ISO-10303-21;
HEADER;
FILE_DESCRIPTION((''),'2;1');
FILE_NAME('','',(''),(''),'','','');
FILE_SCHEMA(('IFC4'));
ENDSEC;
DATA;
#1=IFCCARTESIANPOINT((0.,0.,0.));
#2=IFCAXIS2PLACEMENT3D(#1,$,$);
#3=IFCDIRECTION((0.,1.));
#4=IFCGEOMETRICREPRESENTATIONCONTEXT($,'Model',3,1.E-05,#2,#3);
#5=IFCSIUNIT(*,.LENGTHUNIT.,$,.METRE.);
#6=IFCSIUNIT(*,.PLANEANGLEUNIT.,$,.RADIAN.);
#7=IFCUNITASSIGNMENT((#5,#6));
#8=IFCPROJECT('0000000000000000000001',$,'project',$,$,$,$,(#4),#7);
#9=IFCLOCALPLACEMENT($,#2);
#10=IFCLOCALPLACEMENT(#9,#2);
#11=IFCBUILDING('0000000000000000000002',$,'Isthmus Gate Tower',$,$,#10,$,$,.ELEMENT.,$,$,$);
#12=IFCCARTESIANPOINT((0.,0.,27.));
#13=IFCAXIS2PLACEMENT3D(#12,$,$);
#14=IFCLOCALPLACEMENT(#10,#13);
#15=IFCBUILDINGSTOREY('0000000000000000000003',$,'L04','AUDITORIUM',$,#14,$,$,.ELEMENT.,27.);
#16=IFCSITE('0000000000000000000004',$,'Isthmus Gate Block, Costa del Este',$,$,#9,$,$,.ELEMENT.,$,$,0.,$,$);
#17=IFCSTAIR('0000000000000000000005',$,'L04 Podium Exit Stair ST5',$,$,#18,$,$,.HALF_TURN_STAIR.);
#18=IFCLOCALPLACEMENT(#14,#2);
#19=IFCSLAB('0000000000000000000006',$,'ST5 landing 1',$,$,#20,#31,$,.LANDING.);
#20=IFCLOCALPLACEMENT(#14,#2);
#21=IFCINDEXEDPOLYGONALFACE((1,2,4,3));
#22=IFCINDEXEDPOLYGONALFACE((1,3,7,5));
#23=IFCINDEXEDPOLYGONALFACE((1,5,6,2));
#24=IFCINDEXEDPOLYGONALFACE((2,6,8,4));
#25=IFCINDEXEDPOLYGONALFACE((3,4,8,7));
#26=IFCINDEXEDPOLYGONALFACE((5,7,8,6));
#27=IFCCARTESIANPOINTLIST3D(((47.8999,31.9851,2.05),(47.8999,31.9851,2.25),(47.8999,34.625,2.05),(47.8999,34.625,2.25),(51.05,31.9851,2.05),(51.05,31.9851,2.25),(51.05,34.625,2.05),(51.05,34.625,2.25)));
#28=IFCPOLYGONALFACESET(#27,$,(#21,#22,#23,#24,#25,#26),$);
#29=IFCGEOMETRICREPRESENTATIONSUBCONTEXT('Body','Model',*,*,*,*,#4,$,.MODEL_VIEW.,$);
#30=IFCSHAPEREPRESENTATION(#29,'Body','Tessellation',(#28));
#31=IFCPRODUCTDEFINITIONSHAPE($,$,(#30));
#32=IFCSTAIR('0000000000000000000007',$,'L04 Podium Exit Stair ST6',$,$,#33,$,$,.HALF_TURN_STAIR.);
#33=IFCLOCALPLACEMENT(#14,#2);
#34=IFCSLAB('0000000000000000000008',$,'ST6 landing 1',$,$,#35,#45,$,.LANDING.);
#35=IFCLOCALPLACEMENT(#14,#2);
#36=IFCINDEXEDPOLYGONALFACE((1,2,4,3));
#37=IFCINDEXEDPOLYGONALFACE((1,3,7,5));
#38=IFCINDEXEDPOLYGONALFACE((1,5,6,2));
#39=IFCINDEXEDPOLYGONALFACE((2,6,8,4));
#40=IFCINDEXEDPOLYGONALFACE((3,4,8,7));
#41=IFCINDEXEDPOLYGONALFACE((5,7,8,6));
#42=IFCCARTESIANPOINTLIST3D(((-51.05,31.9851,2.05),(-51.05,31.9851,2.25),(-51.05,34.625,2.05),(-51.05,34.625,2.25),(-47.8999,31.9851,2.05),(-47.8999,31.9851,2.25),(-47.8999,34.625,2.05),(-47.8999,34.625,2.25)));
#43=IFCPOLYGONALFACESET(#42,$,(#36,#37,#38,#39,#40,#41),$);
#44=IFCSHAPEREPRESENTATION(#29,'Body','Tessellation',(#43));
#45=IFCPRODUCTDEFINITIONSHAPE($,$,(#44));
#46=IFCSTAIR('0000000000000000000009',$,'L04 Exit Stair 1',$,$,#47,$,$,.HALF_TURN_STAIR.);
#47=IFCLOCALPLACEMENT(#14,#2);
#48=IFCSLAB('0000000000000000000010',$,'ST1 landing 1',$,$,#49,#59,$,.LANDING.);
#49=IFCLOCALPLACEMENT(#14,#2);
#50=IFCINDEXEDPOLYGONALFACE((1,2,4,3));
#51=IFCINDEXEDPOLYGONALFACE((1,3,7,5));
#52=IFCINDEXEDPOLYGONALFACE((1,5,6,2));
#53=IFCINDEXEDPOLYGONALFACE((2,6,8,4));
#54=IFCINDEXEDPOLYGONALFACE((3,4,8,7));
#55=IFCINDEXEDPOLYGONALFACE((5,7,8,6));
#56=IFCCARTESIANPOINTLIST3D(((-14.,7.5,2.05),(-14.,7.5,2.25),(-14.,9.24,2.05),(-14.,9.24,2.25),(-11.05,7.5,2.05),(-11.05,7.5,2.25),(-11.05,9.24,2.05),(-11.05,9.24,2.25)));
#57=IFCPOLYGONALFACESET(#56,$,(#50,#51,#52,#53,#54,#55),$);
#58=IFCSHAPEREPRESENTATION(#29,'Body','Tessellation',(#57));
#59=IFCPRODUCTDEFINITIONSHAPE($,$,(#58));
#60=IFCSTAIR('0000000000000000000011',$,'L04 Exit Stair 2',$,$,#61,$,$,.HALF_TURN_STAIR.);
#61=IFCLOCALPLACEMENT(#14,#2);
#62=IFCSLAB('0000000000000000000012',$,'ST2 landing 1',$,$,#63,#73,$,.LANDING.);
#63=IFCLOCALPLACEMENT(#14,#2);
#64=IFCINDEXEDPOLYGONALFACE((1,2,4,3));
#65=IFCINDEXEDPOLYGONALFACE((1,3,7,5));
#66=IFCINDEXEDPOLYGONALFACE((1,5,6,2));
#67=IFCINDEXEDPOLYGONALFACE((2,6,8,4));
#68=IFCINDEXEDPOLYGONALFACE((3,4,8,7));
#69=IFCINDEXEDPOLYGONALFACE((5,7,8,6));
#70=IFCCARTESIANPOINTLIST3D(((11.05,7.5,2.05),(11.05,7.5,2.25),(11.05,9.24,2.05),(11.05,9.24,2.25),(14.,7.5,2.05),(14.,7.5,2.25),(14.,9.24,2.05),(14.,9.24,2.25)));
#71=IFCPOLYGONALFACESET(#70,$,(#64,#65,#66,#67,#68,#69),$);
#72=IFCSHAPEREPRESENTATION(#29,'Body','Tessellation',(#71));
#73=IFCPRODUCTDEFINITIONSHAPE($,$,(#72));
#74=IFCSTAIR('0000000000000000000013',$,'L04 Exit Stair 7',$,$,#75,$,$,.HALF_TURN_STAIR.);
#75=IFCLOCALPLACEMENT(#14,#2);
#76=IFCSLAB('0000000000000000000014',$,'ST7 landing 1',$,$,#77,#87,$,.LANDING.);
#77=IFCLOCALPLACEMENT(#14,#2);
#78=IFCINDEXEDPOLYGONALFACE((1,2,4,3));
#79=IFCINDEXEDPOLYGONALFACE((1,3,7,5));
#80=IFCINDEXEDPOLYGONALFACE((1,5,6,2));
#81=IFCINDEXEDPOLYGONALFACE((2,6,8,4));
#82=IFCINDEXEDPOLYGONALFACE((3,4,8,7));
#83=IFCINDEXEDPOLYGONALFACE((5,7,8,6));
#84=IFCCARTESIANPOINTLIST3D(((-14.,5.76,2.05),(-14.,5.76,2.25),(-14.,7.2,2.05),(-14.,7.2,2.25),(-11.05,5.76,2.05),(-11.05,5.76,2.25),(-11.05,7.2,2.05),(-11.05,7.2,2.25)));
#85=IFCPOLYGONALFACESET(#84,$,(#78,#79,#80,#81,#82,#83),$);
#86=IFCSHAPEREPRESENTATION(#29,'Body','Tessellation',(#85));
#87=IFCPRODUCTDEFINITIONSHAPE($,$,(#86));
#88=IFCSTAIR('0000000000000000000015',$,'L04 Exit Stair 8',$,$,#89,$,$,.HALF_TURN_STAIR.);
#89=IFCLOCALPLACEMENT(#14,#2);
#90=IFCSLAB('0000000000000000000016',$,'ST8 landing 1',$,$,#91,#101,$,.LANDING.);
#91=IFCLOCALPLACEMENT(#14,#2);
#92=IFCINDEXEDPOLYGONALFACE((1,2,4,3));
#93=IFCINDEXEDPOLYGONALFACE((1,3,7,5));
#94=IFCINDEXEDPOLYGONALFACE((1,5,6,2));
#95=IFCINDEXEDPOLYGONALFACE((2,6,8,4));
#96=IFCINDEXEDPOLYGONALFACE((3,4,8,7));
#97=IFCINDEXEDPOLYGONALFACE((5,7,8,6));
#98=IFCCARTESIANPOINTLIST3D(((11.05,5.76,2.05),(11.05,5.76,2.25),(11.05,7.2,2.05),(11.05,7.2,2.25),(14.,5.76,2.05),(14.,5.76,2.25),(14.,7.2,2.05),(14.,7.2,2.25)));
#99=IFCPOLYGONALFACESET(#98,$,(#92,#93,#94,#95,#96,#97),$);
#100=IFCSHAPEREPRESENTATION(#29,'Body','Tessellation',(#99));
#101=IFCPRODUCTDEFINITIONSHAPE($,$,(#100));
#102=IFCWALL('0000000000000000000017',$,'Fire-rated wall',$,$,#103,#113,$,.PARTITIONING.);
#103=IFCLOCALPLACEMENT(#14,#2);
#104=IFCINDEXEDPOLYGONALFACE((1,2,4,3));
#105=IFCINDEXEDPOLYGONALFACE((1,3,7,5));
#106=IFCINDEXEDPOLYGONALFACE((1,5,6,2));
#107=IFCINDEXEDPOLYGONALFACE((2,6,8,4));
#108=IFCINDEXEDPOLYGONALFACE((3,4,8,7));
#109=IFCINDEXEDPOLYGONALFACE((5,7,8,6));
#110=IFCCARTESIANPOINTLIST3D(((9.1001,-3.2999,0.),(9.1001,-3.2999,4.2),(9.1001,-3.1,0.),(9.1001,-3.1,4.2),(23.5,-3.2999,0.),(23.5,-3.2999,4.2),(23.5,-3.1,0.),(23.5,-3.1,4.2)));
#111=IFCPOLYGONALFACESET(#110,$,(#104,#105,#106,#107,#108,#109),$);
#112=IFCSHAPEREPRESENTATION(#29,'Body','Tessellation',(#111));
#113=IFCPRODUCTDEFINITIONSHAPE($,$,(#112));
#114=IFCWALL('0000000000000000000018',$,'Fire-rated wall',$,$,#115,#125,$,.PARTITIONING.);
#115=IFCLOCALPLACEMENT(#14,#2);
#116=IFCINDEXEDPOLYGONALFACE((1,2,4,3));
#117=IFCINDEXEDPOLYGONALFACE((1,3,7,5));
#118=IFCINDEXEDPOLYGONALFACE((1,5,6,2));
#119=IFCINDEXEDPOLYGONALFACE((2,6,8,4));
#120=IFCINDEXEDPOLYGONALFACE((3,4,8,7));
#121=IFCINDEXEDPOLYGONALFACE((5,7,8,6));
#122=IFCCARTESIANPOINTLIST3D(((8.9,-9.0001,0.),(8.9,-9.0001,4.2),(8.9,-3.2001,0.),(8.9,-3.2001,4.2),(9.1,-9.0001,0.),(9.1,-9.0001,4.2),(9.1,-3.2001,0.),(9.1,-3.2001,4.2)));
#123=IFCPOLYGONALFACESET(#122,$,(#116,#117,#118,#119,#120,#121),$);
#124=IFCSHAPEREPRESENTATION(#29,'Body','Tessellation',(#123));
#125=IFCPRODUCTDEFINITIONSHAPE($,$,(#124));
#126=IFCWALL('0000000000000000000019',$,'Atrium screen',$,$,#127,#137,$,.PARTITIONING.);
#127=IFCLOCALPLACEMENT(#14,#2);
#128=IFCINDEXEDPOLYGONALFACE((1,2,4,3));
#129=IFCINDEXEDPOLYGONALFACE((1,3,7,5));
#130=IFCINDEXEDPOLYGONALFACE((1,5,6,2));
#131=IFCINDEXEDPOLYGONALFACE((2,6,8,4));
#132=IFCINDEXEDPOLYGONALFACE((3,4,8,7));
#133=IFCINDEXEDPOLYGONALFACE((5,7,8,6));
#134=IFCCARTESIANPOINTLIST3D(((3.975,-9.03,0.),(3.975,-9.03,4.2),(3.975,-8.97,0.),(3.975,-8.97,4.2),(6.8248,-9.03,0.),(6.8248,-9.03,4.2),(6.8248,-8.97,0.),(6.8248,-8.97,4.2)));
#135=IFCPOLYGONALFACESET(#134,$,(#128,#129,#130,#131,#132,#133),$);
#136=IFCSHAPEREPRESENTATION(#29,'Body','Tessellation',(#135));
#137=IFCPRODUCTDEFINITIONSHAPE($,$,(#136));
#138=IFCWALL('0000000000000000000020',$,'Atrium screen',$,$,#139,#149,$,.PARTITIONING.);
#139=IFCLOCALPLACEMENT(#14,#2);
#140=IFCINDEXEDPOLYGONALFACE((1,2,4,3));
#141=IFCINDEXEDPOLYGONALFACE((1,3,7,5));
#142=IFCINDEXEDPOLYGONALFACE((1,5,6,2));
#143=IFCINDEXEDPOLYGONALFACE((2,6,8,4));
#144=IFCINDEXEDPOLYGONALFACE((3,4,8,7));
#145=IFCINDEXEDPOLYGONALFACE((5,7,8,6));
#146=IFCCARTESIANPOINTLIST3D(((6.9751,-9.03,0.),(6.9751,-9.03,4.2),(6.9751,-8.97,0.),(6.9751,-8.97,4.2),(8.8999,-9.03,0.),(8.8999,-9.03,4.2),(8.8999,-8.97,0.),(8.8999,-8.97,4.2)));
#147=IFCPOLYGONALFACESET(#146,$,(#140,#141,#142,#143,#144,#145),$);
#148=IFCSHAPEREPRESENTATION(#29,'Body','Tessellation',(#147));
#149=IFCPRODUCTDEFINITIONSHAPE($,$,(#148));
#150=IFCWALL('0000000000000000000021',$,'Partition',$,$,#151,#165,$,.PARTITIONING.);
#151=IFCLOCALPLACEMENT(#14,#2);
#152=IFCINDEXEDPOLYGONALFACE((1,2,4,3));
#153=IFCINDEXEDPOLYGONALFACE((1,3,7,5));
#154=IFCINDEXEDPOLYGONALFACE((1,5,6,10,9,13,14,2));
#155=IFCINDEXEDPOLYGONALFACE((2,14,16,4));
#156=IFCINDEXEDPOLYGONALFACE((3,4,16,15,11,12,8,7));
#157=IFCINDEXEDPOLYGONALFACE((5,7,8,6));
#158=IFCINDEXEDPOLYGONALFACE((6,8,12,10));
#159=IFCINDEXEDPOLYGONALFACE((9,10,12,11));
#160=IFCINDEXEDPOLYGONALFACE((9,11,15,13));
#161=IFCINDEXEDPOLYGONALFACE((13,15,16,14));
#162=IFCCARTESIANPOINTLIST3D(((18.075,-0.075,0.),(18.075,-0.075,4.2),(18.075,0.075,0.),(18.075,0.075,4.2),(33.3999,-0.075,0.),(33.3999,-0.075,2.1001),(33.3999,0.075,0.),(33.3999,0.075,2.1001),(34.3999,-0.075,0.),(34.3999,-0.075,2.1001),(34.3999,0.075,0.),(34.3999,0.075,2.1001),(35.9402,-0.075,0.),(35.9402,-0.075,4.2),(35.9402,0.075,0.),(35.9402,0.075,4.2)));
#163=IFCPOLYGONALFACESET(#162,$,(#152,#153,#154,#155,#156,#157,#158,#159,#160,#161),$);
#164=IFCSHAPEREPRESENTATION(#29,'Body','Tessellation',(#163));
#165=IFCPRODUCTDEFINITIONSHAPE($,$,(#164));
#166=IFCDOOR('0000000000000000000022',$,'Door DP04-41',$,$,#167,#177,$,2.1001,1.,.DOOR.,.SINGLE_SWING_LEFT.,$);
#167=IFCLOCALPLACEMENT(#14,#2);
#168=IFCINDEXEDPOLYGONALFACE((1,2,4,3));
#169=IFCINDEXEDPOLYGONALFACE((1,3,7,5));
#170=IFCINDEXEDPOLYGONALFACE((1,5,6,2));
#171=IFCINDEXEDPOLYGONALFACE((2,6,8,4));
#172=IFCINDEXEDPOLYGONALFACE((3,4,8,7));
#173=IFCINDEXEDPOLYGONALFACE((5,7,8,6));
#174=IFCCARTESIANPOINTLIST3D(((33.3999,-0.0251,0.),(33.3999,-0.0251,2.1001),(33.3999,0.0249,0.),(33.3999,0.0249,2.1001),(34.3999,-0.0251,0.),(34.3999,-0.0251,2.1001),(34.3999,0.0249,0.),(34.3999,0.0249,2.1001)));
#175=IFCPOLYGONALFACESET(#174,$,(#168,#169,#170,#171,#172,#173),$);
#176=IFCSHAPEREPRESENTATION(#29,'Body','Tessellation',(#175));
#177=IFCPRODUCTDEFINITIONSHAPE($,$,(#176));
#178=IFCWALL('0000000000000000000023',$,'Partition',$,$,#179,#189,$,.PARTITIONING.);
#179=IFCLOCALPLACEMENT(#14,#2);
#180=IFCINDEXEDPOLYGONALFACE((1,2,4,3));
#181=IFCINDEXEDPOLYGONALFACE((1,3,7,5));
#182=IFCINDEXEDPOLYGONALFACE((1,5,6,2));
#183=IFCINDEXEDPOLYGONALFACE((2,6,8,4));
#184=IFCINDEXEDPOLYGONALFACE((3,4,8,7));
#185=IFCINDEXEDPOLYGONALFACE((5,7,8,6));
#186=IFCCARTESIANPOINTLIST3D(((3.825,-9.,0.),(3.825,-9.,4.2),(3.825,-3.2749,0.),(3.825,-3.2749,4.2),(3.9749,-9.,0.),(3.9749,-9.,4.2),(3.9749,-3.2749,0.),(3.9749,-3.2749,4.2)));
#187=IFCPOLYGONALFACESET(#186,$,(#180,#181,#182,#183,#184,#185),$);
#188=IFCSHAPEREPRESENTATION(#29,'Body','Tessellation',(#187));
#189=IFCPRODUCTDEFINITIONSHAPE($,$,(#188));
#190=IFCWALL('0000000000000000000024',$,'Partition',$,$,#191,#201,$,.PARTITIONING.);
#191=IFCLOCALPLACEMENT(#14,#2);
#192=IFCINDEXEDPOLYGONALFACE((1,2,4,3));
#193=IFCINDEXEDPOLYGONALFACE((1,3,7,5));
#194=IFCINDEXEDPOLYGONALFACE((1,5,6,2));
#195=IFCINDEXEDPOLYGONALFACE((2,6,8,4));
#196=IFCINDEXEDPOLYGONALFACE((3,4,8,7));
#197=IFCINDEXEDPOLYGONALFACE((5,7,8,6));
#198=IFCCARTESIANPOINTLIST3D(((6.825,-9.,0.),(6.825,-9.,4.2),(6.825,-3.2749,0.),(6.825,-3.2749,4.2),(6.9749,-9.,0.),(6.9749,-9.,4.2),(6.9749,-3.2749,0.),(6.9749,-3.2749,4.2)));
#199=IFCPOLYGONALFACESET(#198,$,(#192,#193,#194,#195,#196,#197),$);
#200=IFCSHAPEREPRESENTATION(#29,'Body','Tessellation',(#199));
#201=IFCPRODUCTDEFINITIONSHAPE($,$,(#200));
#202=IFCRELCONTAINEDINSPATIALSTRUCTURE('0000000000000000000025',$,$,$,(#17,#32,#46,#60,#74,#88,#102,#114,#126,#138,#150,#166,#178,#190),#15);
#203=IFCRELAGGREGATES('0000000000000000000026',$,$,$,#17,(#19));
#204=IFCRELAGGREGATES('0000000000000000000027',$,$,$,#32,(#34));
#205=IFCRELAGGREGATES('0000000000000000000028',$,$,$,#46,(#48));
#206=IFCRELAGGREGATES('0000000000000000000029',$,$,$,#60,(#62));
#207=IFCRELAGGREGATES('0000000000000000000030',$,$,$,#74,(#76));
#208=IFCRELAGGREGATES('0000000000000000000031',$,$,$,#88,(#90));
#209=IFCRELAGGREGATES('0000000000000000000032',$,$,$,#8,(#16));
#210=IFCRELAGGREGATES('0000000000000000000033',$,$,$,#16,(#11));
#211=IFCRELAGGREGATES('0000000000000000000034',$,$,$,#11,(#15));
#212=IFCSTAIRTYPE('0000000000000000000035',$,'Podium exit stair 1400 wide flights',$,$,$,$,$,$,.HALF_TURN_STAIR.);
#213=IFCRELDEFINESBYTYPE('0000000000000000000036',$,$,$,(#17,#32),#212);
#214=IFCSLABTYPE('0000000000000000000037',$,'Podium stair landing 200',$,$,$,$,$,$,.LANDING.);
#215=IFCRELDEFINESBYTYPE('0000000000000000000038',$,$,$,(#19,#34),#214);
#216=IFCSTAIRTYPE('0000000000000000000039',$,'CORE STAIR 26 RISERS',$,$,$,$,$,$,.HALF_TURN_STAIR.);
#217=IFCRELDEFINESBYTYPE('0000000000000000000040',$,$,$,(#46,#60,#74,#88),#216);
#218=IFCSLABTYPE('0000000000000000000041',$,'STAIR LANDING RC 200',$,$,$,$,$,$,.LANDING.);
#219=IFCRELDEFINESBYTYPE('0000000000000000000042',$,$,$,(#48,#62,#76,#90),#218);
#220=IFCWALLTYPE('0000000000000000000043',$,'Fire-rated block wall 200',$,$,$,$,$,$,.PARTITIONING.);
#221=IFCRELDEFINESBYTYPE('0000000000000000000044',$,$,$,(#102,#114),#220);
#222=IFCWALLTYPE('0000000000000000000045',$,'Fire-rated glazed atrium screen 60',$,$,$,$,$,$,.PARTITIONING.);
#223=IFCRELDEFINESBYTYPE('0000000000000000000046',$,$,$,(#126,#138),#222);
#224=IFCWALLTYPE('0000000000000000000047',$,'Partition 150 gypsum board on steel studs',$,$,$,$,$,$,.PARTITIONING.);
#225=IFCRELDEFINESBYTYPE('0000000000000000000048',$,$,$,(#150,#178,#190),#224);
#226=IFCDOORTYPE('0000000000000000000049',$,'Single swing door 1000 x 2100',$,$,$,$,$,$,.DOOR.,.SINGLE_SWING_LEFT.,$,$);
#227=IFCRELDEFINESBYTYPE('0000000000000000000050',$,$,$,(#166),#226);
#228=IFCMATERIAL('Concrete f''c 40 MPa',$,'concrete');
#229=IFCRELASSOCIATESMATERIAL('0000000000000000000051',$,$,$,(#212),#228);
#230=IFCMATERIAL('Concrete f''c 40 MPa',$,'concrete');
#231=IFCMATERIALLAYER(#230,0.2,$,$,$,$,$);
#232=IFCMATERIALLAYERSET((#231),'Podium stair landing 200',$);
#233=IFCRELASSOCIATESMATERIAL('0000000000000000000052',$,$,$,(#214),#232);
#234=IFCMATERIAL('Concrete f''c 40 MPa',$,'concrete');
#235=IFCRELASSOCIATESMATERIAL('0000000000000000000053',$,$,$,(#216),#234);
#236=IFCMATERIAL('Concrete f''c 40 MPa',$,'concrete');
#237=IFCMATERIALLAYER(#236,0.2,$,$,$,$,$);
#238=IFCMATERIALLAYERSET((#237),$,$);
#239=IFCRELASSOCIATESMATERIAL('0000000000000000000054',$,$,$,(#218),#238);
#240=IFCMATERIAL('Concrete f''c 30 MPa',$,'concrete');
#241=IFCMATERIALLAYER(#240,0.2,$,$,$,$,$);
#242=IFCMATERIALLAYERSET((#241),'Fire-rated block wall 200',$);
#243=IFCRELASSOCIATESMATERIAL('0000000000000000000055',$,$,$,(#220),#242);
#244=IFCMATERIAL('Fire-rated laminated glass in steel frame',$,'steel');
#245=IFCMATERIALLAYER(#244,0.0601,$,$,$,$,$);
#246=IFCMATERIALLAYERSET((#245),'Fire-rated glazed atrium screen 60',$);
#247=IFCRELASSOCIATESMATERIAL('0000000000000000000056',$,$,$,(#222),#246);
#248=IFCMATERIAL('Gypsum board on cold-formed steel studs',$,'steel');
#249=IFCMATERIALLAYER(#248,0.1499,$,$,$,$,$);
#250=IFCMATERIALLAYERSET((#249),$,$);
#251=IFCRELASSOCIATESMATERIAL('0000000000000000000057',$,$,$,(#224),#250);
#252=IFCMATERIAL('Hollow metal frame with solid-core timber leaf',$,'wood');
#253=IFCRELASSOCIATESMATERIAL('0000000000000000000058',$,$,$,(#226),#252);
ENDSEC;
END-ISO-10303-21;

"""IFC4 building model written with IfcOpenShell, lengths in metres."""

from ifc_helpers import new_model, si_unit, direction, frame, frame_2d, origin, place, context, subcontext, project, spatial, polyline, rectangle, outline, extrude, material, layer, layer_set, type_object, element, fill, aggregate, save


model = new_model("IFC4")

# Units and contexts
model_context = context("Model", 3, precision=1e-05, world=origin(), true_north=direction((0.0, 1.0)))
body_context = subcontext(model_context, "Body", "Model", "MODEL_VIEW")
ifc_project = project(units=[si_unit("LENGTHUNIT", "METRE"), si_unit("PLANEANGLEUNIT", "RADIAN")], contexts=[model_context])

# Site, building, storey
site_placement = place(None, origin())
site = spatial("IfcSite", under=ifc_project, at=site_placement, Name="Isthmus Gate Block, Costa del Este", CompositionType="ELEMENT", RefElevation=0.0)
building_placement = place(site_placement, origin())
building = spatial("IfcBuilding", under=site, at=building_placement, Name="Isthmus Gate Tower", CompositionType="ELEMENT")
storey_placement = place(building_placement, frame((0.0, 0.0, 27.0)))
storey = spatial("IfcBuildingStorey", under=building, at=storey_placement, Name="L04", Description="AUDITORIUM", CompositionType="ELEMENT", Elevation=27.0)

# Stairs, slabs
ifc_material_1 = material(Name="Concrete f'c 40 MPa", Category="concrete")
stair_type_1 = type_object("IfcStairType", Name="Podium exit stair 1400 wide flights", PredefinedType="HALF_TURN_STAIR", material=ifc_material_1)
ifc_material_2 = material(Name="Concrete f'c 40 MPa", Category="concrete")
ifc_layer_1 = layer(ifc_material_2, 0.2)
ifc_layer_set_1 = layer_set([ifc_layer_1], Name="Podium stair landing 200")
slab_type_1 = type_object("IfcSlabType", Name="Podium stair landing 200", PredefinedType="LANDING", material=ifc_layer_set_1)
stair_1_placement = place(storey_placement, origin())
stair_1 = element("IfcStair", 1, at=stair_1_placement, inside=storey, type_object=stair_type_1, Name="L04 Podium Exit Stair ST5", PredefinedType="HALF_TURN_STAIR")
slab_1_placement = place(storey_placement, frame((0.0, 0.0, 2.05)))
slab_1 = element("IfcSlab", 2, at=slab_1_placement, type_object=slab_type_1, Name="ST5 landing 1", PredefinedType="LANDING", context=body_context, shape_type="SweptSolid", body=[
    extrude(outline(polyline([(51.05, 31.9851), (51.05, 34.625), (47.8999, 34.625), (47.8999, 31.9851), (51.05, 31.9851)])), origin(), (0.0, 0.0, 1.0), 0.2),
])
aggregate(stair_1, [slab_1])
stair_2_placement = place(storey_placement, origin())
stair_2 = element("IfcStair", 3, at=stair_2_placement, inside=storey, type_object=stair_type_1, Name="L04 Podium Exit Stair ST6", PredefinedType="HALF_TURN_STAIR")
slab_2_placement = place(storey_placement, frame((0.0, 0.0, 2.05)))
slab_2 = element("IfcSlab", 4, at=slab_2_placement, type_object=slab_type_1, Name="ST6 landing 1", PredefinedType="LANDING", context=body_context, shape_type="SweptSolid", body=[
    extrude(outline(polyline([(-47.8999, 31.9851), (-47.8999, 34.625), (-51.05, 34.625), (-51.05, 31.9851), (-47.8999, 31.9851)])), origin(), (0.0, 0.0, 1.0), 0.2),
])
aggregate(stair_2, [slab_2])
ifc_material_3 = material(Name="Concrete f'c 40 MPa", Category="concrete")
stair_type_2 = type_object("IfcStairType", Name="CORE STAIR 26 RISERS", PredefinedType="HALF_TURN_STAIR", material=ifc_material_3)
stair_3_placement = place(storey_placement, origin())
stair_3 = element("IfcStair", 5, at=stair_3_placement, inside=storey, type_object=stair_type_2, Name="L04 Exit Stair 1", PredefinedType="HALF_TURN_STAIR")
ifc_material_4 = material(Name="Concrete f'c 40 MPa", Category="concrete")
ifc_layer_2 = layer(ifc_material_4, 0.2)
ifc_layer_set_2 = layer_set([ifc_layer_2])
slab_type_2 = type_object("IfcSlabType", Name="STAIR LANDING RC 200", PredefinedType="LANDING", material=ifc_layer_set_2)
slab_3_placement = place(storey_placement, frame((0.0, 0.0, 2.05)))
slab_3 = element("IfcSlab", 6, at=slab_3_placement, type_object=slab_type_2, Name="ST1 landing 1", PredefinedType="LANDING", context=body_context, shape_type="SweptSolid", body=[
    extrude(outline(polyline([(-14.0, 9.24), (-14.0, 7.5), (-11.05, 7.5), (-11.05, 9.24), (-14.0, 9.24)])), origin(), (0.0, 0.0, 1.0), 0.2),
])
aggregate(stair_3, [slab_3])
stair_4_placement = place(storey_placement, origin())
stair_4 = element("IfcStair", 7, at=stair_4_placement, inside=storey, type_object=stair_type_2, Name="L04 Exit Stair 2", PredefinedType="HALF_TURN_STAIR")
slab_4_placement = place(storey_placement, frame((0.0, 0.0, 2.05)))
slab_4 = element("IfcSlab", 8, at=slab_4_placement, type_object=slab_type_2, Name="ST2 landing 1", PredefinedType="LANDING", context=body_context, shape_type="SweptSolid", body=[
    extrude(outline(polyline([(11.05, 9.24), (11.05, 7.5), (14.0, 7.5), (14.0, 9.24), (11.05, 9.24)])), origin(), (0.0, 0.0, 1.0), 0.2),
])
aggregate(stair_4, [slab_4])
stair_5_placement = place(storey_placement, origin())
stair_5 = element("IfcStair", 9, at=stair_5_placement, inside=storey, type_object=stair_type_2, Name="L04 Exit Stair 7", PredefinedType="HALF_TURN_STAIR")
slab_5_placement = place(storey_placement, frame((0.0, 0.0, 2.05)))
slab_5 = element("IfcSlab", 10, at=slab_5_placement, type_object=slab_type_2, Name="ST7 landing 1", PredefinedType="LANDING", context=body_context, shape_type="SweptSolid", body=[
    extrude(outline(polyline([(-11.05, 5.76), (-11.05, 7.2), (-14.0, 7.2), (-14.0, 5.76), (-11.05, 5.76)])), origin(), (0.0, 0.0, 1.0), 0.2),
])
aggregate(stair_5, [slab_5])
stair_6_placement = place(storey_placement, origin())
stair_6 = element("IfcStair", 11, at=stair_6_placement, inside=storey, type_object=stair_type_2, Name="L04 Exit Stair 8", PredefinedType="HALF_TURN_STAIR")
slab_6_placement = place(storey_placement, frame((0.0, 0.0, 2.05)))
slab_6 = element("IfcSlab", 12, at=slab_6_placement, type_object=slab_type_2, Name="ST8 landing 1", PredefinedType="LANDING", context=body_context, shape_type="SweptSolid", body=[
    extrude(outline(polyline([(14.0, 5.76), (14.0, 7.2), (11.05, 7.2), (11.05, 5.76), (14.0, 5.76)])), origin(), (0.0, 0.0, 1.0), 0.2),
])
aggregate(stair_6, [slab_6])

# Walls
ifc_material_5 = material(Name="Concrete f'c 30 MPa", Category="concrete")
ifc_layer_3 = layer(ifc_material_5, 0.2)
ifc_layer_set_3 = layer_set([ifc_layer_3], Name="Fire-rated block wall 200")
wall_type_1 = type_object("IfcWallType", Name="Fire-rated block wall 200", PredefinedType="PARTITIONING", material=ifc_layer_set_3)
wall_1_placement = place(storey_placement, frame((9.1001, -3.2, 0.0), z_axis=(0.0, 0.0, 1.0), x_axis=(1.0, 0.0, 0.0)))
element("IfcWall", 13, at=wall_1_placement, inside=storey, type_object=wall_type_1, Name="Fire-rated wall", PredefinedType="PARTITIONING", context=body_context, shape_type="SweptSolid", body=[
    extrude(rectangle(XDim=14.3999, YDim=0.2, at=frame_2d((7.2, 0.0))), origin(), (0.0, 0.0, 1.0), 4.2),
])
wall_2_placement = place(storey_placement, frame((9.0, -9.0, 0.0), z_axis=(0.0, 0.0, 1.0), x_axis=(0.0, 1.0, 0.0)))
element("IfcWall", 14, at=wall_2_placement, inside=storey, type_object=wall_type_1, Name="Fire-rated wall", PredefinedType="PARTITIONING", context=body_context, shape_type="SweptSolid", body=[
    extrude(rectangle(XDim=5.8, YDim=0.2, at=frame_2d((2.8999, 0.0))), origin(), (0.0, 0.0, 1.0), 4.2),
])
ifc_material_6 = material(Name="Fire-rated laminated glass in steel frame", Category="steel")
ifc_layer_4 = layer(ifc_material_6, 0.0601)
ifc_layer_set_4 = layer_set([ifc_layer_4], Name="Fire-rated glazed atrium screen 60")
wall_type_2 = type_object("IfcWallType", Name="Fire-rated glazed atrium screen 60", PredefinedType="PARTITIONING", material=ifc_layer_set_4)
wall_3_placement = place(storey_placement, frame((3.9751, -9.0, 0.0), z_axis=(0.0, 0.0, 1.0), x_axis=(1.0, 0.0, 0.0)))
element("IfcWall", 15, at=wall_3_placement, inside=storey, type_object=wall_type_2, Name="Atrium screen", PredefinedType="PARTITIONING", context=body_context, shape_type="SweptSolid", body=[
    extrude(rectangle(XDim=2.8499, YDim=0.0601, at=frame_2d((1.4248, 0.0))), origin(), (0.0, 0.0, 1.0), 4.2),
])
wall_4_placement = place(storey_placement, frame((6.9751, -9.0, 0.0), z_axis=(0.0, 0.0, 1.0), x_axis=(1.0, 0.0, 0.0)))
element("IfcWall", 16, at=wall_4_placement, inside=storey, type_object=wall_type_2, Name="Atrium screen", PredefinedType="PARTITIONING", context=body_context, shape_type="SweptSolid", body=[
    extrude(rectangle(XDim=1.9248, YDim=0.0601, at=frame_2d((0.9624, 0.0))), origin(), (0.0, 0.0, 1.0), 4.2),
])

# Wall, opening, door
ifc_material_7 = material(Name="Gypsum board on cold-formed steel studs", Category="steel")
ifc_layer_5 = layer(ifc_material_7, 0.1499)
ifc_layer_set_5 = layer_set([ifc_layer_5])
wall_type_3 = type_object("IfcWallType", Name="Partition 150 gypsum board on steel studs", PredefinedType="PARTITIONING", material=ifc_layer_set_5)
wall_5_placement = place(storey_placement, frame((18.075, 0.0, 0.0), z_axis=(0.0, 0.0, 1.0), x_axis=(1.0, 0.0, 0.0)))
wall_5 = element("IfcWall", 17, at=wall_5_placement, inside=storey, type_object=wall_type_3, Name="Partition", PredefinedType="PARTITIONING", context=body_context, shape_type="SweptSolid", body=[
    extrude(rectangle(XDim=17.8652, YDim=0.1499, at=frame_2d((8.9326, 0.0))), origin(), (0.0, 0.0, 1.0), 4.2),
])
opening_1_placement = place(wall_5_placement, frame((15.325, 0.0, 0.0)))
opening_1 = element("IfcOpeningElement", 18, at=opening_1_placement, cuts=wall_5, PredefinedType="OPENING", context=body_context, shape_type="SweptSolid", body=[
    extrude(rectangle(XDim=1.0, YDim=2.1001, at=frame_2d((0.5, 1.05))), frame((0.0, 0.085, 0.0), z_axis=(0.0, -1.0, 0.0), x_axis=(1.0, 0.0, 0.0)), (0.0, 0.0, 1.0), 0.1699),
])
ifc_material_8 = material(Name="Hollow metal frame with solid-core timber leaf", Category="wood")
door_type = type_object("IfcDoorType", Name="Single swing door 1000 x 2100", OperationType="SINGLE_SWING_LEFT", PredefinedType="DOOR", material=ifc_material_8)
door_1_placement = place(opening_1_placement, origin())
door_1 = element("IfcDoor", 19, at=door_1_placement, inside=storey, type_object=door_type, Name="Door DP04-41", OperationType="SINGLE_SWING_LEFT", OverallHeight=2.1001, OverallWidth=1.0, PredefinedType="DOOR", context=body_context, shape_type="SweptSolid", body=[
    extrude(rectangle(XDim=1.0, YDim=2.1001, at=frame_2d((0.5, 1.05))), frame((0.0, 0.0249, 0.0), z_axis=(0.0, -1.0, 0.0), x_axis=(1.0, 0.0, 0.0)), (0.0, 0.0, 1.0), 0.05),
])
fill(opening_1, door_1)

# Walls
for number, where, z_axis, x_axis, name in (
    (20, (3.8999, -9.0, 0.0), (0.0, 0.0, 1.0), (0.0, 1.0, 0.0), "Partition"),
    (21, (6.8999, -9.0, 0.0), (0.0, 0.0, 1.0), (0.0, 1.0, 0.0), "Partition"),
):
    element("IfcWall", number, at=place(storey_placement, frame(where, z_axis=z_axis, x_axis=x_axis)), inside=storey, type_object=wall_type_3, Name=name, PredefinedType="PARTITIONING", context=body_context, shape_type="SweptSolid", body=[
        extrude(rectangle(XDim=5.7251, YDim=0.1499, at=frame_2d((2.8625, 0.0))), origin(), (0.0, 0.0, 1.0), 4.2),
    ])

save(model, "model.ifc")
